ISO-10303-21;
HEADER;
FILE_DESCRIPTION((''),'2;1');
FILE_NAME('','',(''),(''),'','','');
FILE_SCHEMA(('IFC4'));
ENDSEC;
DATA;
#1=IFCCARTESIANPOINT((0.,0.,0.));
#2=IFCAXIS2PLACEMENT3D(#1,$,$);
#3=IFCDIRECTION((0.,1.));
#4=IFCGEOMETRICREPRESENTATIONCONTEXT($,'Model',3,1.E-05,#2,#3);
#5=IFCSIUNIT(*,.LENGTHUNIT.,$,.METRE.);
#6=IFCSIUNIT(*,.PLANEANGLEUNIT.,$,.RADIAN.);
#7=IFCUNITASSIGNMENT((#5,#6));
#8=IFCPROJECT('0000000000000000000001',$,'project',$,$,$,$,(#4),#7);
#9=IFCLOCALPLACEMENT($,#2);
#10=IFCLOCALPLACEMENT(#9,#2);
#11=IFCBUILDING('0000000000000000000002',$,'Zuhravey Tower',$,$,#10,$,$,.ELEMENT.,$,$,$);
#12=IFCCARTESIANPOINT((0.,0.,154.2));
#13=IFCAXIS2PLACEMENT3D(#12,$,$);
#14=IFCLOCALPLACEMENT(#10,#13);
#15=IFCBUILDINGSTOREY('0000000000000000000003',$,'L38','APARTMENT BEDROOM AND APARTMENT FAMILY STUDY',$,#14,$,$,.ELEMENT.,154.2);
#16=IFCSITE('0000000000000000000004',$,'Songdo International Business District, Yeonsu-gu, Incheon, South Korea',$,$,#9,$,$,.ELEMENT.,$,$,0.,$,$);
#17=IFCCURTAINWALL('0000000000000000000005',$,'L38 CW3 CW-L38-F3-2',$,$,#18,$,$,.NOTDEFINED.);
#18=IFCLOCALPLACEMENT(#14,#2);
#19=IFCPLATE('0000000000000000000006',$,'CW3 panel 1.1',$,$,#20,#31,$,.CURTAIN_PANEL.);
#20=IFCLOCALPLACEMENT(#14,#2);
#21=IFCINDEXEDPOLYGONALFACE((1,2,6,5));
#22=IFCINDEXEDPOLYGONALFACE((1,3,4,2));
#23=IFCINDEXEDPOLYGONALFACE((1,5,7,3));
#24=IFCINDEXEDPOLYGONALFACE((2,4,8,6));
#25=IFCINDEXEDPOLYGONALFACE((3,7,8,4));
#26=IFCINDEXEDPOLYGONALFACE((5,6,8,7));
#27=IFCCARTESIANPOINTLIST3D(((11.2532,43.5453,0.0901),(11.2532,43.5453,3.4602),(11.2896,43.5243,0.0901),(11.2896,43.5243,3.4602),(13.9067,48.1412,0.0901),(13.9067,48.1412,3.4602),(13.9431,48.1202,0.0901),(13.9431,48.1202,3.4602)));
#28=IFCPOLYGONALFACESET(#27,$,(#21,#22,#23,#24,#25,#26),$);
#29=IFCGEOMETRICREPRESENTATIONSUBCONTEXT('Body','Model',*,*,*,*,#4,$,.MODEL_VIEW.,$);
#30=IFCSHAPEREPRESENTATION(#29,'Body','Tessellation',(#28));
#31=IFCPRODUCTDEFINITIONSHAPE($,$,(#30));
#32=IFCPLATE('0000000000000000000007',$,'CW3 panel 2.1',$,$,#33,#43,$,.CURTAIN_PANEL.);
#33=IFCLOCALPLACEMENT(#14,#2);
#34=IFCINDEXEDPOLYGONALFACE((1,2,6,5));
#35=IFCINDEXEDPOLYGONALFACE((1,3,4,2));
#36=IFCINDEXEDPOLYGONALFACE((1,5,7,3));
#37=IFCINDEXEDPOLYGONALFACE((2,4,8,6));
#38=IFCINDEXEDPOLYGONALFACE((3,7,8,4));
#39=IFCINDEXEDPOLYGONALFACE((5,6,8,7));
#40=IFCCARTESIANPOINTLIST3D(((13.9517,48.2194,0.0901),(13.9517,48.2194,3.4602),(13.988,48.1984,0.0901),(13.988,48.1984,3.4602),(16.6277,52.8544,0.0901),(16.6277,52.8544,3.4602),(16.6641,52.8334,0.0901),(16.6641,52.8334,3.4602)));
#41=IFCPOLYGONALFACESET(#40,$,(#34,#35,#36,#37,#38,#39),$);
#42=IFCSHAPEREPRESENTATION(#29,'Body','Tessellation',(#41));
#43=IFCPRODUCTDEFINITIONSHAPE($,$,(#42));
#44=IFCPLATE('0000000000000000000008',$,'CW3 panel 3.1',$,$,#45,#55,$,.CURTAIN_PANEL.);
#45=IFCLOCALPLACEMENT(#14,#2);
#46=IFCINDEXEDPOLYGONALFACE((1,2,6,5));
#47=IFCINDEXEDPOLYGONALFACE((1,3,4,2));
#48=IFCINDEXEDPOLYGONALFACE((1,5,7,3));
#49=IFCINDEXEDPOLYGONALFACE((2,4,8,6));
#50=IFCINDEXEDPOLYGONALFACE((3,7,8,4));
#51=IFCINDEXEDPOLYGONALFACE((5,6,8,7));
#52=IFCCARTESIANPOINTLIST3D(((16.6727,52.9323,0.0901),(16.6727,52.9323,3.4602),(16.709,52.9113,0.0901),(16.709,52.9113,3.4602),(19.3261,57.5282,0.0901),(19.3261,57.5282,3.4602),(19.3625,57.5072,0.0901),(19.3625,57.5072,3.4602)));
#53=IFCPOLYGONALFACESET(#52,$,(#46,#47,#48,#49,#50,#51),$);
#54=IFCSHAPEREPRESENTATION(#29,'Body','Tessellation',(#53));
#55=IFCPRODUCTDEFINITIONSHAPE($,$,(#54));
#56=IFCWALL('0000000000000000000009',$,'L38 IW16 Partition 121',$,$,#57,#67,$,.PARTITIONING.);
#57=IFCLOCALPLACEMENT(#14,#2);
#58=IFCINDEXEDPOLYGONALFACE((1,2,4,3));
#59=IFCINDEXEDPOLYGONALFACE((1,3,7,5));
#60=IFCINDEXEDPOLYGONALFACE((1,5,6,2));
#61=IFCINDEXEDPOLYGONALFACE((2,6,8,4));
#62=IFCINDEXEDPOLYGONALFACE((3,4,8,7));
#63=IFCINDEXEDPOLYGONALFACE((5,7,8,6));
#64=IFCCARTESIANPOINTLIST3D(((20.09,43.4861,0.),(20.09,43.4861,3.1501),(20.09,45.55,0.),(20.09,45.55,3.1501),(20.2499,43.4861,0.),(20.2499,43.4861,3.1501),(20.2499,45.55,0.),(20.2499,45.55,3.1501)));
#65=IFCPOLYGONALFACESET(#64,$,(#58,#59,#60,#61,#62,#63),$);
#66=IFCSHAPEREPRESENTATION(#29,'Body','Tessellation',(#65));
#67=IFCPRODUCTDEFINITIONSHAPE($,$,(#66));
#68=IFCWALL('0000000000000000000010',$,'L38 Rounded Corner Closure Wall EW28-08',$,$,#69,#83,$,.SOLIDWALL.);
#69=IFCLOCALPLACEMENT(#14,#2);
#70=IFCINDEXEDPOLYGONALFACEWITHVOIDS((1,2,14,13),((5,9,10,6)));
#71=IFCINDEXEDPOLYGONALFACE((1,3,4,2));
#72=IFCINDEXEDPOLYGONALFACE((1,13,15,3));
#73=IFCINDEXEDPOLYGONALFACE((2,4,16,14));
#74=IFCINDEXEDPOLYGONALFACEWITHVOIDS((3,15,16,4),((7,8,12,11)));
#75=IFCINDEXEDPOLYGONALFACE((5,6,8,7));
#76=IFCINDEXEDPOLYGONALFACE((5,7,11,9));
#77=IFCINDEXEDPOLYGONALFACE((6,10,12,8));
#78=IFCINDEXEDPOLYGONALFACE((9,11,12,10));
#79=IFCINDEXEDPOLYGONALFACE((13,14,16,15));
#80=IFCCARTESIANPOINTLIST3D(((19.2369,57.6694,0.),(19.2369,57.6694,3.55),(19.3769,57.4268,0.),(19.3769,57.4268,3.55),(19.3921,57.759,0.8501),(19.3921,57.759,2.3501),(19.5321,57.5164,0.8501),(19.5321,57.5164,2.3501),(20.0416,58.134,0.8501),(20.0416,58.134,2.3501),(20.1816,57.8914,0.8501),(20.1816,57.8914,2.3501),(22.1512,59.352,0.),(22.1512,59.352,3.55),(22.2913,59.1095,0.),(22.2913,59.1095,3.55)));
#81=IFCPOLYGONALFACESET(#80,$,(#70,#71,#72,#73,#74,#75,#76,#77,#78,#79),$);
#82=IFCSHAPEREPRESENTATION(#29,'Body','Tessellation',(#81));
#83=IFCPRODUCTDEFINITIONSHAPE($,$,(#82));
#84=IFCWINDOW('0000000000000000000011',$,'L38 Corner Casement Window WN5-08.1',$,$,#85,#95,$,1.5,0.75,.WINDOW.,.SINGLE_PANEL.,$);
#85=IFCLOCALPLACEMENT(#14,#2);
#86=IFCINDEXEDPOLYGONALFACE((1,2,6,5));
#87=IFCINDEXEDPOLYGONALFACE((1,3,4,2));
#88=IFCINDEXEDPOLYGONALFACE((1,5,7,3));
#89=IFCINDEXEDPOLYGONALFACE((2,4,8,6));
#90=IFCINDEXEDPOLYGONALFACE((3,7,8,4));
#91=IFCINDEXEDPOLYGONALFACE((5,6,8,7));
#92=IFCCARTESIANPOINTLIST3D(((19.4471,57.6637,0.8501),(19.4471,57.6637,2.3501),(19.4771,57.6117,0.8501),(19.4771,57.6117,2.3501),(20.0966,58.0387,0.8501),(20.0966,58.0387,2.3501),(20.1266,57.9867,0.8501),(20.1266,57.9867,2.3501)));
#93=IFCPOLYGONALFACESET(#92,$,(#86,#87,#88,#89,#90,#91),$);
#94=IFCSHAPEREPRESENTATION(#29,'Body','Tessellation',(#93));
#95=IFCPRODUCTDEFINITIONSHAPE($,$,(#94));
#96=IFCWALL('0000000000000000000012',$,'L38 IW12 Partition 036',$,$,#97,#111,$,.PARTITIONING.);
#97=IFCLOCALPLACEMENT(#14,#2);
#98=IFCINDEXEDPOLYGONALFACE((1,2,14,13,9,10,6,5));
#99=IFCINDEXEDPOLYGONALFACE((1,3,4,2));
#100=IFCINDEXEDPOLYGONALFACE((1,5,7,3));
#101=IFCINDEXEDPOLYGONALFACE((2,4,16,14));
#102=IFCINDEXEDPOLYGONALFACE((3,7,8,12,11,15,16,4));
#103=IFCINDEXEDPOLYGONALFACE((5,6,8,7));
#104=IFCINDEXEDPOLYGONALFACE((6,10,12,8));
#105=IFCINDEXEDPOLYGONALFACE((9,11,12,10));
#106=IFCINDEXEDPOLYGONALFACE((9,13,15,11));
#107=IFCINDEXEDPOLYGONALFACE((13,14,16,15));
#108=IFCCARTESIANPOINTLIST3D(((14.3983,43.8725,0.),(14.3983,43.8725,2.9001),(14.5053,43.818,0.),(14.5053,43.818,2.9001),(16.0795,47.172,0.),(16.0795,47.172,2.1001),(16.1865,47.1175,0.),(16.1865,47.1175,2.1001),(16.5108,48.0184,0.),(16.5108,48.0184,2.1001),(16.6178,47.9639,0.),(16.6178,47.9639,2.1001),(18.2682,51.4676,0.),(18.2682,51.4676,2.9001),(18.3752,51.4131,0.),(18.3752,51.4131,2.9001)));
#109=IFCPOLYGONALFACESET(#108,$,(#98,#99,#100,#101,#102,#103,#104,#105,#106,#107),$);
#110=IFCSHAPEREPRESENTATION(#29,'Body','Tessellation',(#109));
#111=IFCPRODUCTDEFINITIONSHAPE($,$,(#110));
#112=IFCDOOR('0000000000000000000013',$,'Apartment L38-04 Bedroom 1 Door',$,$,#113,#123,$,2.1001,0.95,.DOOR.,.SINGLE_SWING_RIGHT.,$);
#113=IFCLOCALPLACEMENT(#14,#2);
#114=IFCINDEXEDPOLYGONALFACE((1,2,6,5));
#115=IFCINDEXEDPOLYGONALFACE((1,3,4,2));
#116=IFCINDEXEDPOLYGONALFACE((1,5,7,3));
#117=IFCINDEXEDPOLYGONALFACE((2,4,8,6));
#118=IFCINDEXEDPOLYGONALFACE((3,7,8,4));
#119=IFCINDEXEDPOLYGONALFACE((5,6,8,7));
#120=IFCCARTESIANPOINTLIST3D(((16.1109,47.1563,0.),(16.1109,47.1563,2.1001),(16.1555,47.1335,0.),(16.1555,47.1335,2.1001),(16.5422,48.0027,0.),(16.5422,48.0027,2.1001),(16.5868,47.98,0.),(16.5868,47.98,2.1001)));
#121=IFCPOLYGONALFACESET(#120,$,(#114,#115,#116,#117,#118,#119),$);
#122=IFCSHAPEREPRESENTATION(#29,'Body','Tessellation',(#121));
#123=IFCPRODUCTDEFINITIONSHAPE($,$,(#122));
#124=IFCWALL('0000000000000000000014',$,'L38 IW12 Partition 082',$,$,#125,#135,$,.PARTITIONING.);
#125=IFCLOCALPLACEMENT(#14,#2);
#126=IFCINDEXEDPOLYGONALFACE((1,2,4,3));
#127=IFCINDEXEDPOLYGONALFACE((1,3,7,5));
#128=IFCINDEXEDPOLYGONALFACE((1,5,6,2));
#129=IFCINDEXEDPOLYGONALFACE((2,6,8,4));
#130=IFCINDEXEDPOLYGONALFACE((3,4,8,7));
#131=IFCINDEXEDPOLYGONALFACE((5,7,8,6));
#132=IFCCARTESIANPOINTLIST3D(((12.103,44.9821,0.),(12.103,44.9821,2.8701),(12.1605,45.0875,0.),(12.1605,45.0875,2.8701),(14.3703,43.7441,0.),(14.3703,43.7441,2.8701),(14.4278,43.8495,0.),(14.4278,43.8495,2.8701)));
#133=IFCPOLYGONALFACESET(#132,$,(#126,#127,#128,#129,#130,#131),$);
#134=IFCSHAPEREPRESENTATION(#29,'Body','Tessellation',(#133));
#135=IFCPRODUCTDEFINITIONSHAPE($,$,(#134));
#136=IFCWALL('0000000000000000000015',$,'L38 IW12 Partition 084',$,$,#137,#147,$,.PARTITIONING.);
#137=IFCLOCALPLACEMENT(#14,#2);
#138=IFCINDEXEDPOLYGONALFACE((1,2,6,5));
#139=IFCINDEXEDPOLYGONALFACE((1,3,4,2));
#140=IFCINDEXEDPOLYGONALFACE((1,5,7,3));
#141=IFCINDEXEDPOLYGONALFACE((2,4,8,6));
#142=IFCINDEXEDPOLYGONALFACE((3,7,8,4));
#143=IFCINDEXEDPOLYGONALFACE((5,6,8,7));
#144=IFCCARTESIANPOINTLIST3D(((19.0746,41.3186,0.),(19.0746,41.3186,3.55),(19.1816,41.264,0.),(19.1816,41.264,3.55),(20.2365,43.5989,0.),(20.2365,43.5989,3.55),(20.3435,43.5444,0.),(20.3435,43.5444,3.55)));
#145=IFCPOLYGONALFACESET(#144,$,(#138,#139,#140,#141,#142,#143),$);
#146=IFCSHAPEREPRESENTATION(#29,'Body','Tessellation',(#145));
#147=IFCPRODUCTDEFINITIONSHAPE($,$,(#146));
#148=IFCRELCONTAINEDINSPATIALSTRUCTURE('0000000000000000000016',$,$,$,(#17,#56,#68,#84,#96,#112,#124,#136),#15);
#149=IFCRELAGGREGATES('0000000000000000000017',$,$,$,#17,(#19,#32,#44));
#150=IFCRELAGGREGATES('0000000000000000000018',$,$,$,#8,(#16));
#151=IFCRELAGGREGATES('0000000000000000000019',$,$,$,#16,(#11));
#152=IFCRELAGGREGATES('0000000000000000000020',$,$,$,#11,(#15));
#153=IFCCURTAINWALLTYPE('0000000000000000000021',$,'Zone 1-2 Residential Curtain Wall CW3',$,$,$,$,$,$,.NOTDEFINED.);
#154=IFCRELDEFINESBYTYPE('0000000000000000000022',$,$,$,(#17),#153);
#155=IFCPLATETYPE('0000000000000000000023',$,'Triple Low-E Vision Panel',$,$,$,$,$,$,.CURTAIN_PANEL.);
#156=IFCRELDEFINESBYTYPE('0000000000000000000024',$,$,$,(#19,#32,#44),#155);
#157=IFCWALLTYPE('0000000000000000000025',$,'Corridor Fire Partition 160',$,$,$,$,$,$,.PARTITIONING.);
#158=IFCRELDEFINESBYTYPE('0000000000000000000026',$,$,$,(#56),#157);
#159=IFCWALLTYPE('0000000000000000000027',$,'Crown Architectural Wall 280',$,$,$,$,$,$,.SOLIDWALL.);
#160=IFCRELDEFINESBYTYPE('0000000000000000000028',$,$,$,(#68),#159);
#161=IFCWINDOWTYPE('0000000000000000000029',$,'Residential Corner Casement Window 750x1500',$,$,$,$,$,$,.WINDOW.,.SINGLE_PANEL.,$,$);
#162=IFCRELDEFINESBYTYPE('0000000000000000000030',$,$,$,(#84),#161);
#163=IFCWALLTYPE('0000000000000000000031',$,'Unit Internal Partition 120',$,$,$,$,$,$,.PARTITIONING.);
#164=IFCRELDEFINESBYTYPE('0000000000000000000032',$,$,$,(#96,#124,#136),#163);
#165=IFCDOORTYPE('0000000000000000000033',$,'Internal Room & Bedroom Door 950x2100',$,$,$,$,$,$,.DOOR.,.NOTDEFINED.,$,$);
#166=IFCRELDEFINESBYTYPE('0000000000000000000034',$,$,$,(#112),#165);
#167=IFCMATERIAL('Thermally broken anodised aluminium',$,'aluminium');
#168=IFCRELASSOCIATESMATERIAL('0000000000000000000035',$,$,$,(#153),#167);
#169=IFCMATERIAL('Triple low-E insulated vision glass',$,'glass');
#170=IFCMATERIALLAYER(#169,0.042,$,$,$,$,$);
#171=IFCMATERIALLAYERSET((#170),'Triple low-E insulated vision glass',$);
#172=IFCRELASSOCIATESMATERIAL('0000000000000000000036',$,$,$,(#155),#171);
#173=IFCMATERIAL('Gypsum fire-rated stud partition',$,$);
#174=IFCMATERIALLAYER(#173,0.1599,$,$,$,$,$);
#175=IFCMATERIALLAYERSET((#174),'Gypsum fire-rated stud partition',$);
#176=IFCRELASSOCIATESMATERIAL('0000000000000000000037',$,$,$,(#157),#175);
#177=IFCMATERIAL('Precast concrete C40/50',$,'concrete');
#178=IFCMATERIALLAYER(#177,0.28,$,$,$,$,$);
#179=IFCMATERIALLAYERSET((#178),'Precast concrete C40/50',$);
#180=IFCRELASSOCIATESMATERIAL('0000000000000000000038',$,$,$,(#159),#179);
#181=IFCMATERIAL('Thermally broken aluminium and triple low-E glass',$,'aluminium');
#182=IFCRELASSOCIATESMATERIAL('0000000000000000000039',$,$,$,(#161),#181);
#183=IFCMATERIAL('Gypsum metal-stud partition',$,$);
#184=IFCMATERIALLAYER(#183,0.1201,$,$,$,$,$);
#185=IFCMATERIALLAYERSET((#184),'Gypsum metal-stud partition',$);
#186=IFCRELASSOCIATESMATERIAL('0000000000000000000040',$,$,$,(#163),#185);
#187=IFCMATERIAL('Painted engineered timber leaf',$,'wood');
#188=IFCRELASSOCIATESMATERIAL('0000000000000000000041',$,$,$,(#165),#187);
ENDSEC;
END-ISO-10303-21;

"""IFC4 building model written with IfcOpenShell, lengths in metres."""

from ifc_helpers import new_model, si_unit, direction, frame, frame_2d, origin, origin_2d, place, context, subcontext, project, spatial, rectangle, extrude, material, layer, layer_set, type_object, element, fill, aggregate, save


model = new_model("IFC4")

# Units and contexts
model_context = context("Model", 3, precision=1e-05, world=origin(), true_north=direction((0.0, 1.0)))
body_context = subcontext(model_context, "Body", "Model", "MODEL_VIEW")
ifc_project = project(units=[si_unit("LENGTHUNIT", "METRE"), si_unit("PLANEANGLEUNIT", "RADIAN")], contexts=[model_context])

# Site, building, storey
site_placement = place(None, origin())
site = spatial("IfcSite", under=ifc_project, at=site_placement, Name="Songdo International Business District, Yeonsu-gu, Incheon, South Korea", CompositionType="ELEMENT", RefElevation=0.0)
building_placement = place(site_placement, origin())
building = spatial("IfcBuilding", under=site, at=building_placement, Name="Zuhravey Tower", CompositionType="ELEMENT")
storey_placement = place(building_placement, frame((0.0, 0.0, 154.2)))
storey = spatial("IfcBuildingStorey", under=building, at=storey_placement, Name="L38", Description="APARTMENT BEDROOM AND APARTMENT FAMILY STUDY", CompositionType="ELEMENT", Elevation=154.2)

# Curtain wall
ifc_material_1 = material(Name="Thermally broken anodised aluminium", Category="aluminium")
curtain_wall_type = type_object("IfcCurtainWallType", Name="Zone 1-2 Residential Curtain Wall CW3", PredefinedType="NOTDEFINED", material=ifc_material_1)
curtain_wall_placement = place(storey_placement, origin())
curtain_wall = element("IfcCurtainWall", 1, at=curtain_wall_placement, inside=storey, type_object=curtain_wall_type, Name="L38 CW3 CW-L38-F3-2", PredefinedType="NOTDEFINED")

# Plates
ifc_material_2 = material(Name="Triple low-E insulated vision glass", Category="glass")
ifc_layer_1 = layer(ifc_material_2, 0.042)
ifc_layer_set_1 = layer_set([ifc_layer_1], Name="Triple low-E insulated vision glass")
plate_type_1 = type_object("IfcPlateType", Name="Triple Low-E Vision Panel", PredefinedType="CURTAIN_PANEL", material=ifc_layer_set_1)
plate_1_placement = place(storey_placement, frame((12.5981, 45.8328, 0.0901), z_axis=(0.0, 0.0, 1.0), x_axis=(0.500001, 0.866025, 0.0)))
plate_1 = element("IfcPlate", 2, at=plate_1_placement, type_object=plate_type_1, Name="CW3 panel 1.1", PredefinedType="CURTAIN_PANEL", context=body_context, shape_type="SweptSolid", body=[
    extrude(rectangle(XDim=5.3069, YDim=0.042, at=origin_2d()), origin(), (0.0, 0.0, 1.0), 3.3701),
])
plate_2_placement = place(storey_placement, frame((15.3079, 50.5264, 0.0901), z_axis=(0.0, 0.0, 1.0), x_axis=(0.500001, 0.866025, 0.0)))
plate_2 = element("IfcPlate", 3, at=plate_2_placement, type_object=plate_type_1, Name="CW3 panel 2.1", PredefinedType="CURTAIN_PANEL", context=body_context, shape_type="SweptSolid", body=[
    extrude(rectangle(XDim=5.3521, YDim=0.042, at=origin_2d()), origin(), (0.0, 0.0, 1.0), 3.3701),
])
plate_3_placement = place(storey_placement, frame((18.0176, 55.2197, 0.0901), z_axis=(0.0, 0.0, 1.0), x_axis=(0.500001, 0.866025, 0.0)))
plate_3 = element("IfcPlate", 4, at=plate_3_placement, type_object=plate_type_1, Name="CW3 panel 3.1", PredefinedType="CURTAIN_PANEL", context=body_context, shape_type="SweptSolid", body=[
    extrude(rectangle(XDim=5.3069, YDim=0.042, at=origin_2d()), origin(), (0.0, 0.0, 1.0), 3.3701),
])
aggregate(curtain_wall, [plate_1, plate_2, plate_3])

# Wall
ifc_material_3 = material(Name="Gypsum fire-rated stud partition")
ifc_layer_2 = layer(ifc_material_3, 0.1599)
ifc_layer_set_2 = layer_set([ifc_layer_2], Name="Gypsum fire-rated stud partition")
wall_type_1 = type_object("IfcWallType", Name="Corridor Fire Partition 160", PredefinedType="PARTITIONING", material=ifc_layer_set_2)
wall_1_placement = place(storey_placement, frame((20.1699, 45.55, 0.0), z_axis=(0.0, 0.0, 1.0), x_axis=(0.0, -1.0, 0.0)))
element("IfcWall", 5, at=wall_1_placement, inside=storey, type_object=wall_type_1, Name="L38 IW16 Partition 121", PredefinedType="PARTITIONING", context=body_context, shape_type="SweptSolid", body=[
    extrude(rectangle(XDim=2.064, YDim=0.1599, at=frame_2d((1.032, 0.0))), origin(), (0.0, 0.0, 1.0), 3.1501),
])

# Wall, opening, window
ifc_material_4 = material(Name="Precast concrete C40/50", Category="concrete")
ifc_layer_3 = layer(ifc_material_4, 0.28)
ifc_layer_set_3 = layer_set([ifc_layer_3], Name="Precast concrete C40/50")
wall_type_2 = type_object("IfcWallType", Name="Crown Architectural Wall 280", PredefinedType="SOLIDWALL", material=ifc_layer_set_3)
wall_2_placement = place(storey_placement, frame((19.3069, 57.5481, 0.0), z_axis=(0.0, 0.0, 1.0), x_axis=(0.86602, 0.500009, 0.0)))
wall_2 = element("IfcWall", 6, at=wall_2_placement, inside=storey, type_object=wall_type_2, Name="L38 Rounded Corner Closure Wall EW28-08", PredefinedType="SOLIDWALL", context=body_context, shape_type="SweptSolid", body=[
    extrude(rectangle(XDim=3.3652, YDim=0.28, at=frame_2d((1.6826, 0.0))), origin(), (0.0, 0.0, 1.0), 3.55),
])
opening_1_placement = place(wall_2_placement, frame((0.1792, 0.0, 0.8501)))
opening_1 = element("IfcOpeningElement", 7, at=opening_1_placement, cuts=wall_2, PredefinedType="OPENING", context=body_context, shape_type="SweptSolid", body=[
    extrude(rectangle(XDim=0.75, YDim=1.5, at=frame_2d((0.375, 0.75))), frame((0.0, 0.1521, 0.0), z_axis=(0.0, -1.0, 0.0), x_axis=(1.0, 0.0, 0.0)), (0.0, 0.0, 1.0), 0.304),
])
ifc_material_5 = material(Name="Thermally broken aluminium and triple low-E glass", Category="aluminium")
window_type = type_object("IfcWindowType", Name="Residential Corner Casement Window 750x1500", PartitioningType="SINGLE_PANEL", PredefinedType="WINDOW", material=ifc_material_5)
window_placement = place(opening_1_placement, origin())
window = element("IfcWindow", 8, at=window_placement, inside=storey, type_object=window_type, Name="L38 Corner Casement Window WN5-08.1", OverallHeight=1.5, OverallWidth=0.75, PartitioningType="SINGLE_PANEL", PredefinedType="WINDOW", context=body_context, shape_type="SweptSolid", body=[
    extrude(rectangle(XDim=0.75, YDim=1.5, at=frame_2d((0.375, 0.75))), frame((0.0, 0.03, 0.0), z_axis=(0.0, -1.0, 0.0), x_axis=(1.0, 0.0, 0.0)), (0.0, 0.0, 1.0), 0.0601),
])
fill(opening_1, window)

# Wall, opening, door
ifc_material_6 = material(Name="Gypsum metal-stud partition")
ifc_layer_4 = layer(ifc_material_6, 0.1201)
ifc_layer_set_4 = layer_set([ifc_layer_4], Name="Gypsum metal-stud partition")
wall_type_3 = type_object("IfcWallType", Name="Unit Internal Partition 120", PredefinedType="PARTITIONING", material=ifc_layer_set_4)
wall_3_placement = place(storey_placement, frame((18.3218, 51.4404, 0.0), z_axis=(0.0, 0.0, 1.0), x_axis=(-0.453994, -0.891005, 0.0)))
wall_3 = element("IfcWall", 9, at=wall_3_placement, inside=storey, type_object=wall_type_3, Name="L38 IW12 Partition 036", PredefinedType="PARTITIONING", context=body_context, shape_type="SweptSolid", body=[
    extrude(rectangle(XDim=8.5242, YDim=0.1201, at=frame_2d((4.2622, 0.0))), origin(), (0.0, 0.0, 1.0), 2.9001),
])
opening_2_placement = place(wall_3_placement, frame((3.8711, 0.0, 0.0)))
opening_2 = element("IfcOpeningElement", 10, at=opening_2_placement, cuts=wall_3, PredefinedType="OPENING", context=body_context, shape_type="SweptSolid", body=[
    extrude(rectangle(XDim=0.95, YDim=2.1001, at=frame_2d((0.4751, 1.05))), frame((0.0, 0.072, 0.0), z_axis=(0.0, -1.0, 0.0), x_axis=(1.0, 0.0, 0.0)), (0.0, 0.0, 1.0), 0.144),
])
ifc_material_7 = material(Name="Painted engineered timber leaf", Category="wood")
door_type = type_object("IfcDoorType", Name="Internal Room & Bedroom Door 950x2100", OperationType="NOTDEFINED", PredefinedType="DOOR", material=ifc_material_7)
door_placement = place(opening_2_placement, frame((0.95, 0.0, 0.0), z_axis=(0.0, 0.0, 1.0), x_axis=(-1.0, 0.0, 0.0)))
door = element("IfcDoor", 11, at=door_placement, inside=storey, type_object=door_type, Name="Apartment L38-04 Bedroom 1 Door", OperationType="SINGLE_SWING_RIGHT", OverallHeight=2.1001, OverallWidth=0.95, PredefinedType="DOOR", context=body_context, shape_type="SweptSolid", body=[
    extrude(rectangle(XDim=0.95, YDim=2.1001, at=frame_2d((0.4751, 1.05))), frame((0.0, 0.0249, 0.0), z_axis=(0.0, -1.0, 0.0), x_axis=(1.0, 0.0, 0.0)), (0.0, 0.0, 1.0), 0.05),
])
fill(opening_2, door)

# Walls
wall_4_placement = place(storey_placement, frame((14.3989, 43.7969, 0.0), z_axis=(0.0, 0.0, 1.0), x_axis=(-0.877682, 0.479243, 0.0)))
element("IfcWall", 12, at=wall_4_placement, inside=storey, type_object=wall_type_3, Name="L38 IW12 Partition 082", PredefinedType="PARTITIONING", context=body_context, shape_type="SweptSolid", body=[
    extrude(rectangle(XDim=2.5833, YDim=0.1201, at=frame_2d((1.2915, 0.0))), origin(), (0.0, 0.0, 1.0), 2.8701),
])
wall_5_placement = place(storey_placement, frame((20.29, 43.5718, 0.0), z_axis=(0.0, 0.0, 1.0), x_axis=(-0.453993, -0.891005, 0.0)))
element("IfcWall", 13, at=wall_5_placement, inside=storey, type_object=wall_type_3, Name="L38 IW12 Partition 084", PredefinedType="PARTITIONING", context=body_context, shape_type="SweptSolid", body=[
    extrude(rectangle(XDim=2.5593, YDim=0.1201, at=frame_2d((1.2798, 0.0))), origin(), (0.0, 0.0, 1.0), 3.55),
])

save(model, "model.ifc")
